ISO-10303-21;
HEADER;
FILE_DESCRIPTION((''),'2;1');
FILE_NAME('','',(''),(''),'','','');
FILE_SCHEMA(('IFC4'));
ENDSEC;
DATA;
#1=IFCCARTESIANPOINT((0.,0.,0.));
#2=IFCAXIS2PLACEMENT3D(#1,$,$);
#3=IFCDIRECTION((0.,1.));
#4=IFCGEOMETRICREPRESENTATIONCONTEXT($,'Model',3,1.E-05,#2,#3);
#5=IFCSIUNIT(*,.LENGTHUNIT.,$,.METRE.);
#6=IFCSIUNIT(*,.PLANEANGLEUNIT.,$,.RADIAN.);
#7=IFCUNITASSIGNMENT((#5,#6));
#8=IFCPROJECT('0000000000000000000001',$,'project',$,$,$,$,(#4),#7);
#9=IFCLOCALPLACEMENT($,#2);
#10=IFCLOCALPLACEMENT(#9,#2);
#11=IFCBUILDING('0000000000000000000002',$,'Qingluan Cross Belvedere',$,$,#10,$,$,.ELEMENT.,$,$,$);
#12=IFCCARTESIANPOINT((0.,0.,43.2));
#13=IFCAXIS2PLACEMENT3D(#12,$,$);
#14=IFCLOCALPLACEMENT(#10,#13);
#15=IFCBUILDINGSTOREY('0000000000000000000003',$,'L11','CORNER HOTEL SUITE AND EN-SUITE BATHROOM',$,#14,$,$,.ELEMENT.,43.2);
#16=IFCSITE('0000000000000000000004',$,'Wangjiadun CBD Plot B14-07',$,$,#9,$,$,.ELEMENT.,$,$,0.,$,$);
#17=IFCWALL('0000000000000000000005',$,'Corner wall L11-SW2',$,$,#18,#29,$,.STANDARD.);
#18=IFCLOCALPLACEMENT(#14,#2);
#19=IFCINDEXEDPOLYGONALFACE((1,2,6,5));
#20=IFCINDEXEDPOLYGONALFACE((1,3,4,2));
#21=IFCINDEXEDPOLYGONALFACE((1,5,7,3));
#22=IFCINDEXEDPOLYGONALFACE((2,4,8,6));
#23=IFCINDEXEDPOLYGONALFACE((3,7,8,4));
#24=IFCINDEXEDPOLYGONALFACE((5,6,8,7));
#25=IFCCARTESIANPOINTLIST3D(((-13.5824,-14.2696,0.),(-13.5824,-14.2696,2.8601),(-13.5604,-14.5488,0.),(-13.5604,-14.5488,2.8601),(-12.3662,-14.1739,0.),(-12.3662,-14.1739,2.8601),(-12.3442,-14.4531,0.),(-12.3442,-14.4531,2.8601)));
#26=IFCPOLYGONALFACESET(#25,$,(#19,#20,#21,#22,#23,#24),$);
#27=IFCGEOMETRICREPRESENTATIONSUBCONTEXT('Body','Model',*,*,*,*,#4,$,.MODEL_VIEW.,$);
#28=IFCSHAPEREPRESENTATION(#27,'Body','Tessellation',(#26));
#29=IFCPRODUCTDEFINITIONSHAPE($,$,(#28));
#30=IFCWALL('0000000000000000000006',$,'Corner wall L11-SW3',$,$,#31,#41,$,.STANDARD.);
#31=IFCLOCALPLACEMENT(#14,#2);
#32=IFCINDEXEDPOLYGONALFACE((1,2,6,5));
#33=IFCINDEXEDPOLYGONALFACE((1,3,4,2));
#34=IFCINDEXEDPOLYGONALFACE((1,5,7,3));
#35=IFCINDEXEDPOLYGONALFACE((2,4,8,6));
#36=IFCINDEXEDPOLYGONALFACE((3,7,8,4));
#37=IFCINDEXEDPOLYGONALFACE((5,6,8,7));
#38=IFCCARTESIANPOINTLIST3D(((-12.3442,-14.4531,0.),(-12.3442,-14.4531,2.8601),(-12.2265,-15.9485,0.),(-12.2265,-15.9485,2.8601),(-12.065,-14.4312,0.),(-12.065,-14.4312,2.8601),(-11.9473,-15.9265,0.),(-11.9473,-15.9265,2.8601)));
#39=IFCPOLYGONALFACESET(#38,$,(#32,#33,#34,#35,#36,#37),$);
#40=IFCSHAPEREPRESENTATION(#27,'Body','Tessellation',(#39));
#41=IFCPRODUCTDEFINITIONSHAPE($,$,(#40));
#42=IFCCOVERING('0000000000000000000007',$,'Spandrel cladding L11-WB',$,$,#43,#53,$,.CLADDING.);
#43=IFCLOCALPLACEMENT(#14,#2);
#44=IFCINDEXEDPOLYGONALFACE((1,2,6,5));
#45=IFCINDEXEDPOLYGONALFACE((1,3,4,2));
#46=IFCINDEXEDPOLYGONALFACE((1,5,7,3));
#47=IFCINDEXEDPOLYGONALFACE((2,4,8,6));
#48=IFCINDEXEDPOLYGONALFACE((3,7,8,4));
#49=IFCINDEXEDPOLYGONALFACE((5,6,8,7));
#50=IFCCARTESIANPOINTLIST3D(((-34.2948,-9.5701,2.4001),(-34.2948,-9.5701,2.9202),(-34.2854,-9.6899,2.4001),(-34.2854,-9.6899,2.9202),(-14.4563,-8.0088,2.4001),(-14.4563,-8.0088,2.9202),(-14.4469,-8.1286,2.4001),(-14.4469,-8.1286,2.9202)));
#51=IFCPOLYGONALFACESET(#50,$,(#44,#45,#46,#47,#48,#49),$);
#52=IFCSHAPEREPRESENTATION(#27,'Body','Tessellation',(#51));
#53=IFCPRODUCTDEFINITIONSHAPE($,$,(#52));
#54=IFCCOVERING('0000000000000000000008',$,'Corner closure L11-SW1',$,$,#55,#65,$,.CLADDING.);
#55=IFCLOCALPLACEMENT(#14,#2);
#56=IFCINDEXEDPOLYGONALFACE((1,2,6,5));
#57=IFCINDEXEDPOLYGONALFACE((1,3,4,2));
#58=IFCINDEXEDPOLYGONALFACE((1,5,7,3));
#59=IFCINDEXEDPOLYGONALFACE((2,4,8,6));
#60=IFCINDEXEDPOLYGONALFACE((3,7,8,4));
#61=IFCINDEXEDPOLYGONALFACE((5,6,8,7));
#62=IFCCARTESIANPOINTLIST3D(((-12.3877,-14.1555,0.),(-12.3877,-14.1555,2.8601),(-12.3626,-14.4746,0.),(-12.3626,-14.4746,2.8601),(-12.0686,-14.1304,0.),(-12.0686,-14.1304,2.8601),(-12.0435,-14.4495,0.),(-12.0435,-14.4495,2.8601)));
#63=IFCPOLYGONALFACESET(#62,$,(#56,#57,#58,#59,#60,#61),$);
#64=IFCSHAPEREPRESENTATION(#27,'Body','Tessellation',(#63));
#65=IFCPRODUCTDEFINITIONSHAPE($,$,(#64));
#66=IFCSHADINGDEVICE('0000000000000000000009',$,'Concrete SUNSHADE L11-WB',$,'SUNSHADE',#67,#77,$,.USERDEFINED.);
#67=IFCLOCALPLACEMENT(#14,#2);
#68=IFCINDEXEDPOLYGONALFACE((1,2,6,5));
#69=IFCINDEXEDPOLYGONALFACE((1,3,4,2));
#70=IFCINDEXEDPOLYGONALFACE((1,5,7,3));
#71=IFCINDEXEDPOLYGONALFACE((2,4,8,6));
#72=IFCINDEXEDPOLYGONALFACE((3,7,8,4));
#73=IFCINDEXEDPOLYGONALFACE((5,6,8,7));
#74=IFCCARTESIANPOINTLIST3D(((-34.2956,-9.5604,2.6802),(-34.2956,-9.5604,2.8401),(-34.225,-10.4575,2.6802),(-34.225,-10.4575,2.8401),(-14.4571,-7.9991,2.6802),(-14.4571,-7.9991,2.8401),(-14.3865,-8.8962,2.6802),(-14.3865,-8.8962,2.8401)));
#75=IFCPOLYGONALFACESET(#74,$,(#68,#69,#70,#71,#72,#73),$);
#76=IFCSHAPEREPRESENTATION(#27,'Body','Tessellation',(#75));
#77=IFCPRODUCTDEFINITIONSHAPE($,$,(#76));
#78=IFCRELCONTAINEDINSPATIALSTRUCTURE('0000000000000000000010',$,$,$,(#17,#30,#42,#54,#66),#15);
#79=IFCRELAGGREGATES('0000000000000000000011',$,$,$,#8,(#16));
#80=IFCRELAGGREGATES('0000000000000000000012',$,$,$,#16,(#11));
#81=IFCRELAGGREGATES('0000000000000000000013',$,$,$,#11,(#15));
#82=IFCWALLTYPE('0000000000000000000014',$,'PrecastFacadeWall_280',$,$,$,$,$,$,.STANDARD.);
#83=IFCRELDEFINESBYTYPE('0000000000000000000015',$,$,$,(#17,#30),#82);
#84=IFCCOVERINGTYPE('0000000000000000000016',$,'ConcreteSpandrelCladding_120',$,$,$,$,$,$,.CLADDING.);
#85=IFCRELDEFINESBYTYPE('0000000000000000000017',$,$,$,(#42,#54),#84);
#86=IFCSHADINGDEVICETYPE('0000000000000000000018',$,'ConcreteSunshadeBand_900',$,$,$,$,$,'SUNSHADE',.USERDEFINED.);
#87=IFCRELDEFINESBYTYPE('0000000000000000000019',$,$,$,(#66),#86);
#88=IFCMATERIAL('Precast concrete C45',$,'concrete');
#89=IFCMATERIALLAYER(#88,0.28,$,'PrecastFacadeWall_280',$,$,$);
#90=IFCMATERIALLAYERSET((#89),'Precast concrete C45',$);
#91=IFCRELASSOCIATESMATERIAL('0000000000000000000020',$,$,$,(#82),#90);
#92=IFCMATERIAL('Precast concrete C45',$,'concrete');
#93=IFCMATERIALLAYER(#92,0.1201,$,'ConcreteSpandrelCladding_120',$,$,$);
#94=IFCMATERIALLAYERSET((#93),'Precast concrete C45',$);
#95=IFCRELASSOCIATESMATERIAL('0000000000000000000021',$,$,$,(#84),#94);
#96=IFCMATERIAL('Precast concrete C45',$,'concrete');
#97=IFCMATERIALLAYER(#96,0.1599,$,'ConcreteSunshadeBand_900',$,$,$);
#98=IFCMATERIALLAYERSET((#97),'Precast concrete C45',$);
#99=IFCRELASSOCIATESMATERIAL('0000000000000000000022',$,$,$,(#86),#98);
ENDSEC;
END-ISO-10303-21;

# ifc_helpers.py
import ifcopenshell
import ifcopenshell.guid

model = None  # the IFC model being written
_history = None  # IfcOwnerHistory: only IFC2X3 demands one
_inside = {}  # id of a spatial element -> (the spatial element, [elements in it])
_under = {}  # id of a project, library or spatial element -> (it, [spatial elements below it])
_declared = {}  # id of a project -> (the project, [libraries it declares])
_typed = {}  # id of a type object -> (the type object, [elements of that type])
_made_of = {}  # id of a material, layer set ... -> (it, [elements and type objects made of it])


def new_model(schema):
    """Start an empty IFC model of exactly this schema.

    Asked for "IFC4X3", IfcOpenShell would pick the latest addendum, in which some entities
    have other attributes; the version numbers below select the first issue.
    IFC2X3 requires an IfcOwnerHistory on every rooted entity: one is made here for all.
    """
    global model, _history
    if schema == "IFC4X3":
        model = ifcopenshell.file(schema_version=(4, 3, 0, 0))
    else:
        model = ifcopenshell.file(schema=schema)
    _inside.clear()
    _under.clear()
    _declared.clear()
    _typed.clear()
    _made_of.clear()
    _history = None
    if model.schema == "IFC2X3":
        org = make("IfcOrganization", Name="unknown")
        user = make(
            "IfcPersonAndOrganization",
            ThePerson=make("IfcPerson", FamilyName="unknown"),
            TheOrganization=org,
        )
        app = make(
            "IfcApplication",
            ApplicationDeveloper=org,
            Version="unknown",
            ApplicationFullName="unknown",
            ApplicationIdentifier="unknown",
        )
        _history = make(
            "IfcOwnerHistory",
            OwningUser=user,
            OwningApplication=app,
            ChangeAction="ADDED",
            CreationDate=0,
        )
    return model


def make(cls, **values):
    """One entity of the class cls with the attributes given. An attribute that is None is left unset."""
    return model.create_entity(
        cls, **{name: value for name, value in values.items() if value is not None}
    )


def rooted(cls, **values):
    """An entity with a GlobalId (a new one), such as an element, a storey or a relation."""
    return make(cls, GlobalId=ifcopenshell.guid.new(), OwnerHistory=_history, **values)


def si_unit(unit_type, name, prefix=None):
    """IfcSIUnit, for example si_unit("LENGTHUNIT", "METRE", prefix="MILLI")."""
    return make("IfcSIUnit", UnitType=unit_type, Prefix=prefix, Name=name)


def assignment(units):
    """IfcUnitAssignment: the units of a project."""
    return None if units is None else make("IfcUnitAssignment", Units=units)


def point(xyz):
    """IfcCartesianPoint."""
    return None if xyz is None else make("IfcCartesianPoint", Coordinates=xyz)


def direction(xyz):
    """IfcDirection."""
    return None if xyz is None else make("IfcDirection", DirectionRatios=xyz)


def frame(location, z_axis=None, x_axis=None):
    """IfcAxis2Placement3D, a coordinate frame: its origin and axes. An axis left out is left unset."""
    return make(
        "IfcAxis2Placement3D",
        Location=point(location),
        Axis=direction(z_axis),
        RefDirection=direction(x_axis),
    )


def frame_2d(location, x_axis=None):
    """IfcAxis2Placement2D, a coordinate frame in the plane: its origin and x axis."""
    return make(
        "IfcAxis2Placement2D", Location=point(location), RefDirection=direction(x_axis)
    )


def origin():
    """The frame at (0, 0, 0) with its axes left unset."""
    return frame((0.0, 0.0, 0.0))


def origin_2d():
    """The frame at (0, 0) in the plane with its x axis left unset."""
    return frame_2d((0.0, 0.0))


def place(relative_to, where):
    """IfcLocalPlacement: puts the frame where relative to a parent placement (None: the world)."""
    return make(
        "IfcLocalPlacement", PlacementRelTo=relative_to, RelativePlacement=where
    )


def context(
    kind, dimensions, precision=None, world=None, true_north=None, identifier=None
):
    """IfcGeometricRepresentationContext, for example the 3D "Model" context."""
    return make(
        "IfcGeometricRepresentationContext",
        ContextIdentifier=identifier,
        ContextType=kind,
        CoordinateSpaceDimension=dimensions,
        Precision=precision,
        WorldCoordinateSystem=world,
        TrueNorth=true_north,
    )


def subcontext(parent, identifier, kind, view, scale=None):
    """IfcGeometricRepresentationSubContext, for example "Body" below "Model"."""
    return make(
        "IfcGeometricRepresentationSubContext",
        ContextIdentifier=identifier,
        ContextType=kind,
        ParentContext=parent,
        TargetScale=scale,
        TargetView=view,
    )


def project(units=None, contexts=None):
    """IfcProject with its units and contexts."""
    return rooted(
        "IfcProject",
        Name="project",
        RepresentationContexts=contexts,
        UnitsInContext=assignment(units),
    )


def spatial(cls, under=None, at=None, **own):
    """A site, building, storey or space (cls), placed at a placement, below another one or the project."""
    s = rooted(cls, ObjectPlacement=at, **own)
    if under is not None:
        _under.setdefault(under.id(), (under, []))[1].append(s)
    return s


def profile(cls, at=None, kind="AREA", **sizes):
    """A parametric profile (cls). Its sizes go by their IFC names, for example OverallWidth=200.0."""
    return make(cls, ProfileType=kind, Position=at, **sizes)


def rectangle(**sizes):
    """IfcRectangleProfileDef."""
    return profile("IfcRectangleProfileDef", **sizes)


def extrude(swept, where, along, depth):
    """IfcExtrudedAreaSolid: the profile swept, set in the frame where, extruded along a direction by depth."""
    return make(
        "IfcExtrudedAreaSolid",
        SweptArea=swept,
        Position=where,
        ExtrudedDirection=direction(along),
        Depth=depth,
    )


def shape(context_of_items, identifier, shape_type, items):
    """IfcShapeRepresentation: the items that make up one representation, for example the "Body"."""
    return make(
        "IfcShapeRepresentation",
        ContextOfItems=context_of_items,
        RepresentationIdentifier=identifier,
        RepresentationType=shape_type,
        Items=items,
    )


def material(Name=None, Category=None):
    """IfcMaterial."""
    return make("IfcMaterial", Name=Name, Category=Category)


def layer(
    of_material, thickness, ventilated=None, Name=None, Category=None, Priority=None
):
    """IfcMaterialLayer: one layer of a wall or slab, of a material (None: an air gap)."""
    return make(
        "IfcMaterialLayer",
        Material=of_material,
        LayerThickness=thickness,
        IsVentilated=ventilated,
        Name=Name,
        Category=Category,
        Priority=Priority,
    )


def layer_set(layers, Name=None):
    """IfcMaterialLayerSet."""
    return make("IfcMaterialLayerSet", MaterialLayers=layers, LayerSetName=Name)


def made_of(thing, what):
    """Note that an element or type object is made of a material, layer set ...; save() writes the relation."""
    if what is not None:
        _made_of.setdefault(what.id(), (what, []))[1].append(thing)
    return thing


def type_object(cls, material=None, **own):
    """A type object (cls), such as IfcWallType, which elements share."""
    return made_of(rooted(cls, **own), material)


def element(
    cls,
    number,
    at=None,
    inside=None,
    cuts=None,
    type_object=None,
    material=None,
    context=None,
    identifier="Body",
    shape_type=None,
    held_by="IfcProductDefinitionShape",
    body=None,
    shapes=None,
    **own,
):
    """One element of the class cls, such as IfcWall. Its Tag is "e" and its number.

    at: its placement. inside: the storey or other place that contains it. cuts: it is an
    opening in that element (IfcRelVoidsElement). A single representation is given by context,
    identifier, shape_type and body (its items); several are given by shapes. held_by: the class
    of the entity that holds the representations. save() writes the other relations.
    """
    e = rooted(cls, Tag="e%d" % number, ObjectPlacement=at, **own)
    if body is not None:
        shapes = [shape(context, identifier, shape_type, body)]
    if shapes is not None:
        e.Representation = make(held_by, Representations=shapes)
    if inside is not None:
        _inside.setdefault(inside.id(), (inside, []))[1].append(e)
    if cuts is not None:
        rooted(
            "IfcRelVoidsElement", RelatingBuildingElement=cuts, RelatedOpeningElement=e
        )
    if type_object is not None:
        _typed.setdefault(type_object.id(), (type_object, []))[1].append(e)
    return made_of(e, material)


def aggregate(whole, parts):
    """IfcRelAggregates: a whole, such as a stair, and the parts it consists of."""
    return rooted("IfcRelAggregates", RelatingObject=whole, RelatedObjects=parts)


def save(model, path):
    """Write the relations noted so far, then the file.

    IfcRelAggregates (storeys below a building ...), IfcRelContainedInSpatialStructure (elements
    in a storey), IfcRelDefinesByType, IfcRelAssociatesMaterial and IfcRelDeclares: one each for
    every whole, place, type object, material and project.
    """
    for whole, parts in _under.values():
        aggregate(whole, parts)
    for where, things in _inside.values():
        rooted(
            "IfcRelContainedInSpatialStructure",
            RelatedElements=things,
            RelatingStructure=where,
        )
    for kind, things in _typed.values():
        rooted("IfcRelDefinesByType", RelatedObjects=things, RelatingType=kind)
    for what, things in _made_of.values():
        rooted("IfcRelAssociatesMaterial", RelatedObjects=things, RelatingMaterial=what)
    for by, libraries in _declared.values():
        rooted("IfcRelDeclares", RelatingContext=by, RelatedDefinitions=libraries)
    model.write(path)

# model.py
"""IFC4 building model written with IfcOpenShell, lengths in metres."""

from ifc_helpers import new_model, si_unit, direction, frame, frame_2d, origin, origin_2d, place, context, subcontext, project, spatial, rectangle, extrude, material, layer, layer_set, type_object, element, save


model = new_model("IFC4")

# Units and contexts
model_context = context("Model", 3, precision=1e-05, world=origin(), true_north=direction((0.0, 1.0)))
body_context = subcontext(model_context, "Body", "Model", "MODEL_VIEW")
ifc_project = project(units=[si_unit("LENGTHUNIT", "METRE"), si_unit("PLANEANGLEUNIT", "RADIAN")], contexts=[model_context])

# Site, building, storey
site_placement = place(None, origin())
site = spatial("IfcSite", under=ifc_project, at=site_placement, Name="Wangjiadun CBD Plot B14-07", CompositionType="ELEMENT", RefElevation=0.0)
building_placement = place(site_placement, origin())
building = spatial("IfcBuilding", under=site, at=building_placement, Name="Qingluan Cross Belvedere", CompositionType="ELEMENT")
storey_placement = place(building_placement, frame((0.0, 0.0, 43.2)))
storey = spatial("IfcBuildingStorey", under=building, at=storey_placement, Name="L11", Description="CORNER HOTEL SUITE AND EN-SUITE BATHROOM", CompositionType="ELEMENT", Elevation=43.2)

# Shared definitions
ifc_material_1 = material(Name="Precast concrete C45", Category="concrete")
ifc_layer_1 = layer(ifc_material_1, 0.28, Name="PrecastFacadeWall_280")
ifc_layer_set_1 = layer_set([ifc_layer_1], Name="Precast concrete C45")
wall_type_1 = type_object("IfcWallType", Name="PrecastFacadeWall_280", PredefinedType="STANDARD", material=ifc_layer_set_1)

# Walls
wall_1_placement = place(storey_placement, frame((-13.5713, -14.4092, 0.0), z_axis=(0.0, 0.0, 1.0), x_axis=(0.996919, 0.078441, 0.0)))
element("IfcWall", 1, at=wall_1_placement, inside=storey, type_object=wall_type_1, Name="Corner wall L11-SW2", PredefinedType="STANDARD", context=body_context, shape_type="SweptSolid", body=[
    extrude(rectangle(XDim=1.22, YDim=0.28, at=frame_2d((0.6099, 0.0))), origin(), (0.0, 0.0, 1.0), 2.8601),
])
wall_2_placement = place(storey_placement, frame((-12.2046, -14.4421, 0.0), z_axis=(0.0, 0.0, 1.0), x_axis=(0.078451, -0.996918, 0.0)))
element("IfcWall", 2, at=wall_2_placement, inside=storey, type_object=wall_type_1, Name="Corner wall L11-SW3", PredefinedType="STANDARD", context=body_context, shape_type="SweptSolid", body=[
    extrude(rectangle(XDim=1.5, YDim=0.28, at=frame_2d((0.75, 0.0))), origin(), (0.0, 0.0, 1.0), 2.8601),
])

# Coverings
ifc_material_2 = material(Name="Precast concrete C45", Category="concrete")
ifc_layer_2 = layer(ifc_material_2, 0.1201, Name="ConcreteSpandrelCladding_120")
ifc_layer_set_2 = layer_set([ifc_layer_2], Name="Precast concrete C45")
covering_type = type_object("IfcCoveringType", Name="ConcreteSpandrelCladding_120", PredefinedType="CLADDING", material=ifc_layer_set_2)
covering_1_placement = place(storey_placement, frame((-24.3708, -8.8494, 2.4001), z_axis=(0.0, 0.0, 1.0), x_axis=(0.996917, 0.078458, 0.0)))
element("IfcCovering", 3, at=covering_1_placement, inside=storey, type_object=covering_type, Name="Spandrel cladding L11-WB", PredefinedType="CLADDING", context=body_context, shape_type="SweptSolid", body=[
    extrude(rectangle(XDim=19.8999, YDim=0.1201, at=origin_2d()), origin(), (0.0, 0.0, 1.0), 0.52),
])
covering_2_placement = place(storey_placement, frame((-12.2156, -14.3025, 0.0), z_axis=(0.0, 0.0, 1.0), x_axis=(0.996917, 0.078459, 0.0)))
element("IfcCovering", 4, at=covering_2_placement, inside=storey, type_object=covering_type, Name="Corner closure L11-SW1", PredefinedType="CLADDING", context=body_context, shape_type="SweptSolid", body=[
    extrude(rectangle(XDim=0.3201, YDim=0.3201, at=origin_2d()), origin(), (0.0, 0.0, 1.0), 2.8601),
])

# Shading device
ifc_material_3 = material(Name="Precast concrete C45", Category="concrete")
ifc_layer_3 = layer(ifc_material_3, 0.1599, Name="ConcreteSunshadeBand_900")
ifc_layer_set_3 = layer_set([ifc_layer_3], Name="Precast concrete C45")
shading_device_type = type_object("IfcShadingDeviceType", Name="ConcreteSunshadeBand_900", ElementType="SUNSHADE", PredefinedType="USERDEFINED", material=ifc_layer_set_3)
shading_device_placement = place(storey_placement, frame((-24.3411, -9.2283, 2.6802), z_axis=(0.0, 0.0, 1.0), x_axis=(0.996917, 0.078458, 0.0)))
element("IfcShadingDevice", 5, at=shading_device_placement, inside=storey, type_object=shading_device_type, Name="Concrete SUNSHADE L11-WB", ObjectType="SUNSHADE", PredefinedType="USERDEFINED", context=body_context, shape_type="SweptSolid", body=[
    extrude(rectangle(XDim=19.8999, YDim=0.8999, at=origin_2d()), origin(), (0.0, 0.0, 1.0), 0.1599),
])

save(model, "model.ifc")
